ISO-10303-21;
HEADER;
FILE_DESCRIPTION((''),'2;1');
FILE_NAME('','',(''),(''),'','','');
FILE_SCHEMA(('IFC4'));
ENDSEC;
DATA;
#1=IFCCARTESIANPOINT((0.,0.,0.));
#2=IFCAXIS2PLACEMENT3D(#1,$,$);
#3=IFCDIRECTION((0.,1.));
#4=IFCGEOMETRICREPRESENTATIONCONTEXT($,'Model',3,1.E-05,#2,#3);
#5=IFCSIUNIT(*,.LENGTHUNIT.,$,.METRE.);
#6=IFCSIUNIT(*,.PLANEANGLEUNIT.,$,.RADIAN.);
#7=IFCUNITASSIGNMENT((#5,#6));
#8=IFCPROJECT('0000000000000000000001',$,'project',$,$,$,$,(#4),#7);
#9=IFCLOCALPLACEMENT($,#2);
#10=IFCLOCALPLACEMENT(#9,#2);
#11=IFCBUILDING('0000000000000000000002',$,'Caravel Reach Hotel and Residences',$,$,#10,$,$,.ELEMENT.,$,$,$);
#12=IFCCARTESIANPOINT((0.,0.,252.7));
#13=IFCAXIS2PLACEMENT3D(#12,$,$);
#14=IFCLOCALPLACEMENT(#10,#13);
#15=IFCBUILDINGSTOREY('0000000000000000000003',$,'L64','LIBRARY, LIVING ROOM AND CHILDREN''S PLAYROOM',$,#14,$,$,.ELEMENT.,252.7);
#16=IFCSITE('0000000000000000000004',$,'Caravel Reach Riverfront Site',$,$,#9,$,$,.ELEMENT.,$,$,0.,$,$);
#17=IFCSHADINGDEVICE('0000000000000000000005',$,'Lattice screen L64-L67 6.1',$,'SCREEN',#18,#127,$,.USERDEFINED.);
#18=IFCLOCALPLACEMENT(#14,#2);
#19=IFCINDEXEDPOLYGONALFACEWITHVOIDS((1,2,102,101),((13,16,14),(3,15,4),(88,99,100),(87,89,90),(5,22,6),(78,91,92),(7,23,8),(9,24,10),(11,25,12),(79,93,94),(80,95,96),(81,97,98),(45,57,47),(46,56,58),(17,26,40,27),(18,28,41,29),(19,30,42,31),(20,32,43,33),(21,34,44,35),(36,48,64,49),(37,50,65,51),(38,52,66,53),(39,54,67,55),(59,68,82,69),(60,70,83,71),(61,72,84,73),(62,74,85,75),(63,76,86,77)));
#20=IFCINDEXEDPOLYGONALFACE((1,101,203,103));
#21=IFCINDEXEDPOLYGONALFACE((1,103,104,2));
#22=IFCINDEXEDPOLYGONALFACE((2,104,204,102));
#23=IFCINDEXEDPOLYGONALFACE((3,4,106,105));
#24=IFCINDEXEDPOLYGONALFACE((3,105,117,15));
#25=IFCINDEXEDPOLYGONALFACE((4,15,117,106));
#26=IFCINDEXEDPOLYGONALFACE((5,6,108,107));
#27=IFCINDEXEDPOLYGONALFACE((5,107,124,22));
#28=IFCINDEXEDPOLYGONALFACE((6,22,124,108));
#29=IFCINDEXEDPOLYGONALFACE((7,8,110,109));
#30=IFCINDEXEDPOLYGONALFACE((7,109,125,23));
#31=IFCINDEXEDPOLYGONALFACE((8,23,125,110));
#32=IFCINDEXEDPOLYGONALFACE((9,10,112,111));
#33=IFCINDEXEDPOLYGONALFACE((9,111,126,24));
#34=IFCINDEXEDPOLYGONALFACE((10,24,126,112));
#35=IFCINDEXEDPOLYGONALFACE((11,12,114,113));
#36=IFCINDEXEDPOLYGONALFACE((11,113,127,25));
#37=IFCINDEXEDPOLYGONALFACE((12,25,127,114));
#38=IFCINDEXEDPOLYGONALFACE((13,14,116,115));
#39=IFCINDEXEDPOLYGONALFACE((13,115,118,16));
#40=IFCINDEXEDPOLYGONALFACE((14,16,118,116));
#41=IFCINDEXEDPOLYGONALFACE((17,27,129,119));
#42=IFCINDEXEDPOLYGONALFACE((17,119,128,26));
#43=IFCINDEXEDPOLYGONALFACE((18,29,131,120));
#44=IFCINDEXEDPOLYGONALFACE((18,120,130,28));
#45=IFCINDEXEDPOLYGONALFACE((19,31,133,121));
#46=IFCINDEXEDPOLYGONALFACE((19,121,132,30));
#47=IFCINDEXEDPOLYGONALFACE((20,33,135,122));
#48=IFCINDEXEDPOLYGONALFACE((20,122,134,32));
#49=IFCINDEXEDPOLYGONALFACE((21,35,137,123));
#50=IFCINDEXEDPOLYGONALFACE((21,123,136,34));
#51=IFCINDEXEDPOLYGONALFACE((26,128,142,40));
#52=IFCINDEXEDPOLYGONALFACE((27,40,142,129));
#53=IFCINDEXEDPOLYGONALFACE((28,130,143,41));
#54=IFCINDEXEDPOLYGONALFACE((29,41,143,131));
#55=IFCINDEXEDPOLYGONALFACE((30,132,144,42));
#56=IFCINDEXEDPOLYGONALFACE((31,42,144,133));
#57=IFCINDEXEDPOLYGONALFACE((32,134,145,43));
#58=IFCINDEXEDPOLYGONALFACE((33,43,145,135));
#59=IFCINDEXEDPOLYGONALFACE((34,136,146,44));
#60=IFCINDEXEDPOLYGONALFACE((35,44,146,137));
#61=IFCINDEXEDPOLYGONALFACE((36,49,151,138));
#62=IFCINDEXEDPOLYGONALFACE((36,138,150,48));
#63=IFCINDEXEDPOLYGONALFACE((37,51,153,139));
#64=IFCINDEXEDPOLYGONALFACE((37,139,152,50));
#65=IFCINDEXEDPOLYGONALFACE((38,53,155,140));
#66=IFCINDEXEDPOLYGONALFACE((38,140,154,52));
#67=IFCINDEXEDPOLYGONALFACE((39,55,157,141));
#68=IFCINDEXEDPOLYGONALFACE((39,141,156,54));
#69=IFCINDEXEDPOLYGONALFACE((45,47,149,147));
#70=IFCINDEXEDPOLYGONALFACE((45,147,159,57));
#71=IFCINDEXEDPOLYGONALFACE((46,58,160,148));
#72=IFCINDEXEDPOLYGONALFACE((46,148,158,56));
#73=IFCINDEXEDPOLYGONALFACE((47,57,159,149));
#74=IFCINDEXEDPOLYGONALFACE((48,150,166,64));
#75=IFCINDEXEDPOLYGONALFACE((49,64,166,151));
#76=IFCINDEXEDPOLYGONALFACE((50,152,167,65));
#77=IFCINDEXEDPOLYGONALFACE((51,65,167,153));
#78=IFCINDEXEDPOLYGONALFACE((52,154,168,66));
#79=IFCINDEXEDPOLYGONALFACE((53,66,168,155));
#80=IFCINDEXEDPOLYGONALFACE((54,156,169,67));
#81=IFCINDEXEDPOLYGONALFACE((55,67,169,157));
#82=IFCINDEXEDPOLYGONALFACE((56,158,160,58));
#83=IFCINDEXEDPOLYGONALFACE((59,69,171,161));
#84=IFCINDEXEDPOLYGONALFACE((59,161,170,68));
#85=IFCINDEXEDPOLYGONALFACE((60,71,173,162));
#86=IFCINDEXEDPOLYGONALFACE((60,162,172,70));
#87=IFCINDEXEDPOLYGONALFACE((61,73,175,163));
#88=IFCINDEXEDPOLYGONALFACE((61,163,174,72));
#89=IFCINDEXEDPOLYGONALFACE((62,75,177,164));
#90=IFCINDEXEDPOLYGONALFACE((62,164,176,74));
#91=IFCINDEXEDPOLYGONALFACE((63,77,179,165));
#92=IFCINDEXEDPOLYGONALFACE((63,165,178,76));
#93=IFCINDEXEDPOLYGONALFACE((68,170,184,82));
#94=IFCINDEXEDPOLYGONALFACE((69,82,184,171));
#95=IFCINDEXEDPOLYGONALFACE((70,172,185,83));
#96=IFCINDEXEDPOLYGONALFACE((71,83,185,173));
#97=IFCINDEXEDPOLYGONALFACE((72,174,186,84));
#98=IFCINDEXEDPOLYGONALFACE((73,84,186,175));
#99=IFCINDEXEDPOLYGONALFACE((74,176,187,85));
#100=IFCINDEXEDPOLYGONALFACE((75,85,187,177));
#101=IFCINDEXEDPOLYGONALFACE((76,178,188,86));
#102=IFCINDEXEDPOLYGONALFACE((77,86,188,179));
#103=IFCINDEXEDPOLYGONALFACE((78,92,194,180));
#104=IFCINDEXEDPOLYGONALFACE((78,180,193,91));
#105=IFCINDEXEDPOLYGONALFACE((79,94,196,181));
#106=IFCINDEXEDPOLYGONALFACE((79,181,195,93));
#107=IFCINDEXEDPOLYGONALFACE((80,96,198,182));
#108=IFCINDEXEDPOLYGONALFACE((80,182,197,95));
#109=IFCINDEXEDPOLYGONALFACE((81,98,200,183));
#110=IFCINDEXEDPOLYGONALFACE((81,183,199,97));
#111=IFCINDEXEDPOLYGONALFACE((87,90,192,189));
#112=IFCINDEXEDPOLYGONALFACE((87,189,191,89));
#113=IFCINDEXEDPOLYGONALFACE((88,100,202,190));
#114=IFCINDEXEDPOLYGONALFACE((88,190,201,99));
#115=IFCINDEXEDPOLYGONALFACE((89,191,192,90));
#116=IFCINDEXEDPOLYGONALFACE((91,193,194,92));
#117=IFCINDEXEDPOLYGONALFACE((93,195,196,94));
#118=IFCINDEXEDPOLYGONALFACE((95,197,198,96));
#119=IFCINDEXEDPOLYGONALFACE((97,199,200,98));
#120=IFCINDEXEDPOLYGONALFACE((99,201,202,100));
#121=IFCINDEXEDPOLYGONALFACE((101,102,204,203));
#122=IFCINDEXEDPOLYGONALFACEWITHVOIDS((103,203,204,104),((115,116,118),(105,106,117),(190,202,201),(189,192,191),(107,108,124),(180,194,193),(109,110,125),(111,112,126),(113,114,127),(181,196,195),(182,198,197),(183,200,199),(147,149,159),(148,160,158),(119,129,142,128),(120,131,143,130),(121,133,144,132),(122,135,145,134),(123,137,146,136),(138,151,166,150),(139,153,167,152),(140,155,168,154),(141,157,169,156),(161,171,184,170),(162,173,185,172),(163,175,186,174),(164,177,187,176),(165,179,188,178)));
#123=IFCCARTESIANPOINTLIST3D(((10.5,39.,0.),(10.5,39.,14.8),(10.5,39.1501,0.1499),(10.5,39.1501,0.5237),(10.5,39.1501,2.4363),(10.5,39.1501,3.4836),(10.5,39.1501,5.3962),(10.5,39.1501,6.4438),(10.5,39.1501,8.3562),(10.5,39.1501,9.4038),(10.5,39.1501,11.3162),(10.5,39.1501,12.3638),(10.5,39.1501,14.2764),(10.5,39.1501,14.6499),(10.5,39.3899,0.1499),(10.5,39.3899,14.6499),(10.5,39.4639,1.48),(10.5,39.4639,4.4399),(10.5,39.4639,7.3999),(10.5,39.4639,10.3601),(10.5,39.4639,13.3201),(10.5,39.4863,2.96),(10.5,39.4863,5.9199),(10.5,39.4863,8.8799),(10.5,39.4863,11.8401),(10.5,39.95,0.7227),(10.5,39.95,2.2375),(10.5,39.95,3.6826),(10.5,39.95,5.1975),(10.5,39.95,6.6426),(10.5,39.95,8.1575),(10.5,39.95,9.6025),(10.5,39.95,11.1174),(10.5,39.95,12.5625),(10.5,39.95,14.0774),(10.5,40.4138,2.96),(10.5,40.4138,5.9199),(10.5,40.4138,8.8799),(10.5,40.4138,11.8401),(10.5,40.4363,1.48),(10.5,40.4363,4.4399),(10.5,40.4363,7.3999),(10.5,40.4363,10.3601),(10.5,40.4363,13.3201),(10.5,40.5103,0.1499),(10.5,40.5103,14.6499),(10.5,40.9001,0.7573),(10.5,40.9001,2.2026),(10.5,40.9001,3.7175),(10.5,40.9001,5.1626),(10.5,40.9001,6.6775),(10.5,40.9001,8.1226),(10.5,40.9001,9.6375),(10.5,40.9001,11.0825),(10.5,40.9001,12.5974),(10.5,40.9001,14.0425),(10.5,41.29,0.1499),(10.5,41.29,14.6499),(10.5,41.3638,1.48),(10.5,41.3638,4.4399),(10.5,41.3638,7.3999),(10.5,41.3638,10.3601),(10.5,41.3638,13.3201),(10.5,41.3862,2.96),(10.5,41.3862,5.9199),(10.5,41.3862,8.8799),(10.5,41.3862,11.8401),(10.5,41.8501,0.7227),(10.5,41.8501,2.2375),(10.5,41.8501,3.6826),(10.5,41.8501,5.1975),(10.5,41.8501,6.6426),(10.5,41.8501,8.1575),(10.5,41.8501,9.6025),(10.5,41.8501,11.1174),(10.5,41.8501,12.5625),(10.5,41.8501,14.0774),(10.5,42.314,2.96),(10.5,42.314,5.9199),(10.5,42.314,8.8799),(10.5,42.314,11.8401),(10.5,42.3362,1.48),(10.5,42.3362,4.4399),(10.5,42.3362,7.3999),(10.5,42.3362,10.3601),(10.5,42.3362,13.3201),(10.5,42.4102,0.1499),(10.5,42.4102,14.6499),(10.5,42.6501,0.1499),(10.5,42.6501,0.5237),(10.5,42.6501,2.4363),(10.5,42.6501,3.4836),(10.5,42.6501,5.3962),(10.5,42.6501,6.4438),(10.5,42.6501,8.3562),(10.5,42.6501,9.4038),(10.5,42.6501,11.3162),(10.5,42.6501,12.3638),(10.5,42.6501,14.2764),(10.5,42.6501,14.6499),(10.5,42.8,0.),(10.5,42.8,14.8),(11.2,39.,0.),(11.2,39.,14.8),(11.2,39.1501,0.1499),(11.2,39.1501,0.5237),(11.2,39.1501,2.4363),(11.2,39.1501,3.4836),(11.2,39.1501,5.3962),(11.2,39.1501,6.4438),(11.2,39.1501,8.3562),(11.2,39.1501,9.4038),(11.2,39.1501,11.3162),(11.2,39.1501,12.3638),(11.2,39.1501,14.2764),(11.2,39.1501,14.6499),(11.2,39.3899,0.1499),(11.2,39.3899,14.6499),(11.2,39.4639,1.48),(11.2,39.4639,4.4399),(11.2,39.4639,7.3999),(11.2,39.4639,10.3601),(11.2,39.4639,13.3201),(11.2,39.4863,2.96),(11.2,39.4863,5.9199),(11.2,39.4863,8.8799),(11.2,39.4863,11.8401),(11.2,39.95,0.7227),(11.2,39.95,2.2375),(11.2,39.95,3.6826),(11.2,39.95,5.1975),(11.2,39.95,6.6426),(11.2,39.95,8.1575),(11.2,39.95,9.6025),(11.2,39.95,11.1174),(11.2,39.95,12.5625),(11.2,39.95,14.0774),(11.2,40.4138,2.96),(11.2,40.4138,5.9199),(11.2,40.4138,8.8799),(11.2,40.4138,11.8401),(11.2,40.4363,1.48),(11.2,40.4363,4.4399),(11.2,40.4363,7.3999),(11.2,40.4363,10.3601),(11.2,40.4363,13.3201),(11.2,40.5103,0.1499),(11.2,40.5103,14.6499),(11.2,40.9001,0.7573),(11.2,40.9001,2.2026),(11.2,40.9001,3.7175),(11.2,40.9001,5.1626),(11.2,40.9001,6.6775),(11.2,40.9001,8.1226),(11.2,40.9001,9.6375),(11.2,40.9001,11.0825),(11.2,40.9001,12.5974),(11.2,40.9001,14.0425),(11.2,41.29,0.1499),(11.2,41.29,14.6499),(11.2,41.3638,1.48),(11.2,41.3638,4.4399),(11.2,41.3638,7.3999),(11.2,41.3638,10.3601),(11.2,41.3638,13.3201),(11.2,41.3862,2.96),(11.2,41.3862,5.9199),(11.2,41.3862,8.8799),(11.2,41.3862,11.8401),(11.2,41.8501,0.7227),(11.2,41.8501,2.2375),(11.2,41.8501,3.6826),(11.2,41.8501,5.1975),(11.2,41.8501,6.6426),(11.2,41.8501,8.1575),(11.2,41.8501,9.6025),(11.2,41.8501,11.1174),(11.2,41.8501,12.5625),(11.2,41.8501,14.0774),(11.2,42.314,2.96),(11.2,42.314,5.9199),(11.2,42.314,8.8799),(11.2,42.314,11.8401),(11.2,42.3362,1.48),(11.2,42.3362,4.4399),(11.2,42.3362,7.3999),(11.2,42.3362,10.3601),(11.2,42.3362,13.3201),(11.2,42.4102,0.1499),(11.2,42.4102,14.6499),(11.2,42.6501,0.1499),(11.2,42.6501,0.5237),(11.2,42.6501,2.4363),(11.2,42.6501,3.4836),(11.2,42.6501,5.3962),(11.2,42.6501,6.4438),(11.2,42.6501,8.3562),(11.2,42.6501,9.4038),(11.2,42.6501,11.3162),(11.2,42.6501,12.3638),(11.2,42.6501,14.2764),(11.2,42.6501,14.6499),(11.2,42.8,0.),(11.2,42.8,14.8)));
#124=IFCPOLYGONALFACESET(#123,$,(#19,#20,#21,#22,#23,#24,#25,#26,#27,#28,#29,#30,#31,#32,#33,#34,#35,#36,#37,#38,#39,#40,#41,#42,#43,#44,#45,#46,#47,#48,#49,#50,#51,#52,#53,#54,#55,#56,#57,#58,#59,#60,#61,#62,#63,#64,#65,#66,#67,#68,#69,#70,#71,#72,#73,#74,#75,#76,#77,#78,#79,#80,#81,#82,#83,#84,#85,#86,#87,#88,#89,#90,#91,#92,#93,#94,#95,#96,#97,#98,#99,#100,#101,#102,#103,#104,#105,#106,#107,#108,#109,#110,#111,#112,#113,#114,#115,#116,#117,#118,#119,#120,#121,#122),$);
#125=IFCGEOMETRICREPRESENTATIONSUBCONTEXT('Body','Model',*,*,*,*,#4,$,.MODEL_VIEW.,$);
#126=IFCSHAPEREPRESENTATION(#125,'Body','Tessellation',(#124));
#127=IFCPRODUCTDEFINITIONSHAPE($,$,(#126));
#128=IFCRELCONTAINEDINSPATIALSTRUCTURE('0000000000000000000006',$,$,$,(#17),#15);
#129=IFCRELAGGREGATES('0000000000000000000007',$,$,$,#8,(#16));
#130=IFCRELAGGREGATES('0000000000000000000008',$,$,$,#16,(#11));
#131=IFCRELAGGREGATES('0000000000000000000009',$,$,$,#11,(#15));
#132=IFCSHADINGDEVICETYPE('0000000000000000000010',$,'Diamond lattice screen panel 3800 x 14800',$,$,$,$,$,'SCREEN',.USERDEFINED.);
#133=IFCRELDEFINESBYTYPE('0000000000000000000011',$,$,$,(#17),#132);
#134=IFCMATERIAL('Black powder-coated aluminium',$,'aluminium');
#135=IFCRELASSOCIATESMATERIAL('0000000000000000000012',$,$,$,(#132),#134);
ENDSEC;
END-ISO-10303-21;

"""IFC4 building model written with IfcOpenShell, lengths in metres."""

from ifc_helpers import new_model, si_unit, direction, frame, origin, place, context, subcontext, project, spatial, polyline, outline, extrude, material, type_object, element, save


model = new_model("IFC4")

# Units and contexts
model_context = context("Model", 3, precision=1e-05, world=origin(), true_north=direction((0.0, 1.0)))
body_context = subcontext(model_context, "Body", "Model", "MODEL_VIEW")
ifc_project = project(units=[si_unit("LENGTHUNIT", "METRE"), si_unit("PLANEANGLEUNIT", "RADIAN")], contexts=[model_context])

# Site, building, storey
site_placement = place(None, origin())
site = spatial("IfcSite", under=ifc_project, at=site_placement, Name="Caravel Reach Riverfront Site", CompositionType="ELEMENT", RefElevation=0.0)
building_placement = place(site_placement, origin())
building = spatial("IfcBuilding", under=site, at=building_placement, Name="Caravel Reach Hotel and Residences", CompositionType="ELEMENT")
storey_placement = place(building_placement, frame((0.0, 0.0, 252.7)))
storey = spatial("IfcBuildingStorey", under=building, at=storey_placement, Name="L64", Description="LIBRARY, LIVING ROOM AND CHILDREN'S PLAYROOM", CompositionType="ELEMENT", Elevation=252.7)

# Shading device
ifc_material_1 = material(Name="Black powder-coated aluminium", Category="aluminium")
shading_device_type_1 = type_object("IfcShadingDeviceType", Name="Diamond lattice screen panel 3800 x 14800", ElementType="SCREEN", PredefinedType="USERDEFINED", material=ifc_material_1)
shading_device_1_placement = place(storey_placement, frame((11.2, 42.8, 0.0), z_axis=(-1.0, 0.0, 0.0), x_axis=(0.0, -1.0, 0.0)))
element("IfcShadingDevice", 1, at=shading_device_1_placement, inside=storey, type_object=shading_device_type_1, Name="Lattice screen L64-L67 6.1", ObjectType="SCREEN", PredefinedType="USERDEFINED", context=body_context, shape_type="SweptSolid", body=[
    extrude(outline(polyline([(0.0, 0.0), (3.8, 0.0), (3.8, 14.8), (0.0, 14.8), (0.0, 0.0)]), holes=[polyline([(0.3899, 0.1499), (0.1499, 0.5237), (0.1499, 0.1499), (0.3899, 0.1499)]), polyline([(0.4861, 2.96), (0.1499, 3.4836), (0.1499, 2.4363), (0.4861, 2.96)]), polyline([(0.4861, 5.9199), (0.1499, 6.4438), (0.1499, 5.3962), (0.4861, 5.9199)]), polyline([(0.4861, 8.8799), (0.1499, 9.4038), (0.1499, 8.3562), (0.4861, 8.8799)]), polyline([(0.4861, 11.8401), (0.1499, 12.3638), (0.1499, 11.3162), (0.4861, 11.8401)]), polyline([(0.1499, 14.2764), (0.3899, 14.6499), (0.1499, 14.6499), (0.1499, 14.2764)]), polyline([(0.95, 2.2375), (0.4639, 1.48), (0.95, 0.7227), (1.4363, 1.48), (0.95, 2.2375)]), polyline([(0.95, 5.1975), (0.4639, 4.4399), (0.95, 3.6826), (1.4363, 4.4399), (0.95, 5.1975)]), polyline([(0.95, 8.1575), (0.4639, 7.3999), (0.95, 6.6426), (1.4363, 7.3999), (0.95, 8.1575)]), polyline([(0.95, 11.1174), (0.4639, 10.3601), (0.95, 9.6025), (1.4363, 10.3601), (0.95, 11.1174)]), polyline([(0.95, 14.0774), (0.4639, 13.3201), (0.95, 12.5625), (1.4363, 13.3201), (0.95, 14.0774)]), polyline([(1.8999, 0.7573), (1.51, 0.1499), (2.2898, 0.1499), (1.8999, 0.7573)]), polyline([(1.8999, 3.7175), (1.4138, 2.96), (1.8999, 2.2026), (2.3862, 2.96), (1.8999, 3.7175)]), polyline([(1.8999, 6.6775), (1.4138, 5.9199), (1.8999, 5.1626), (2.3862, 5.9199), (1.8999, 6.6775)]), polyline([(1.8999, 9.6375), (1.4138, 8.8799), (1.8999, 8.1226), (2.3862, 8.8799), (1.8999, 9.6375)]), polyline([(1.8999, 12.5974), (1.4138, 11.8401), (1.8999, 11.0825), (2.3862, 11.8401), (1.8999, 12.5974)]), polyline([(1.8999, 14.0425), (2.2898, 14.6499), (1.51, 14.6499), (1.8999, 14.0425)]), polyline([(2.8501, 2.2375), (2.3638, 1.48), (2.8501, 0.7227), (3.3362, 1.48), (2.8501, 2.2375)]), polyline([(2.8501, 5.1975), (2.3638, 4.4399), (2.8501, 3.6826), (3.3362, 4.4399), (2.8501, 5.1975)]), polyline([(2.8501, 8.1575), (2.3638, 7.3999), (2.8501, 6.6426), (3.3362, 7.3999), (2.8501, 8.1575)]), polyline([(2.8501, 11.1174), (2.3638, 10.3601), (2.8501, 9.6025), (3.3362, 10.3601), (2.8501, 11.1174)]), polyline([(2.8501, 14.0774), (2.3638, 13.3201), (2.8501, 12.5625), (3.3362, 13.3201), (2.8501, 14.0774)]), polyline([(3.6499, 0.5237), (3.4102, 0.1499), (3.6499, 0.1499), (3.6499, 0.5237)]), polyline([(3.3137, 2.96), (3.6499, 2.4363), (3.6499, 3.4836), (3.3137, 2.96)]), polyline([(3.3137, 5.9199), (3.6499, 5.3962), (3.6499, 6.4438), (3.3137, 5.9199)]), polyline([(3.3137, 8.8799), (3.6499, 8.3562), (3.6499, 9.4038), (3.3137, 8.8799)]), polyline([(3.3137, 11.8401), (3.6499, 11.3162), (3.6499, 12.3638), (3.3137, 11.8401)]), polyline([(3.4102, 14.6499), (3.6499, 14.2764), (3.6499, 14.6499), (3.4102, 14.6499)])]), origin(), (0.0, 0.0, 1.0), 0.7),
])

save(model, "model.ifc")
